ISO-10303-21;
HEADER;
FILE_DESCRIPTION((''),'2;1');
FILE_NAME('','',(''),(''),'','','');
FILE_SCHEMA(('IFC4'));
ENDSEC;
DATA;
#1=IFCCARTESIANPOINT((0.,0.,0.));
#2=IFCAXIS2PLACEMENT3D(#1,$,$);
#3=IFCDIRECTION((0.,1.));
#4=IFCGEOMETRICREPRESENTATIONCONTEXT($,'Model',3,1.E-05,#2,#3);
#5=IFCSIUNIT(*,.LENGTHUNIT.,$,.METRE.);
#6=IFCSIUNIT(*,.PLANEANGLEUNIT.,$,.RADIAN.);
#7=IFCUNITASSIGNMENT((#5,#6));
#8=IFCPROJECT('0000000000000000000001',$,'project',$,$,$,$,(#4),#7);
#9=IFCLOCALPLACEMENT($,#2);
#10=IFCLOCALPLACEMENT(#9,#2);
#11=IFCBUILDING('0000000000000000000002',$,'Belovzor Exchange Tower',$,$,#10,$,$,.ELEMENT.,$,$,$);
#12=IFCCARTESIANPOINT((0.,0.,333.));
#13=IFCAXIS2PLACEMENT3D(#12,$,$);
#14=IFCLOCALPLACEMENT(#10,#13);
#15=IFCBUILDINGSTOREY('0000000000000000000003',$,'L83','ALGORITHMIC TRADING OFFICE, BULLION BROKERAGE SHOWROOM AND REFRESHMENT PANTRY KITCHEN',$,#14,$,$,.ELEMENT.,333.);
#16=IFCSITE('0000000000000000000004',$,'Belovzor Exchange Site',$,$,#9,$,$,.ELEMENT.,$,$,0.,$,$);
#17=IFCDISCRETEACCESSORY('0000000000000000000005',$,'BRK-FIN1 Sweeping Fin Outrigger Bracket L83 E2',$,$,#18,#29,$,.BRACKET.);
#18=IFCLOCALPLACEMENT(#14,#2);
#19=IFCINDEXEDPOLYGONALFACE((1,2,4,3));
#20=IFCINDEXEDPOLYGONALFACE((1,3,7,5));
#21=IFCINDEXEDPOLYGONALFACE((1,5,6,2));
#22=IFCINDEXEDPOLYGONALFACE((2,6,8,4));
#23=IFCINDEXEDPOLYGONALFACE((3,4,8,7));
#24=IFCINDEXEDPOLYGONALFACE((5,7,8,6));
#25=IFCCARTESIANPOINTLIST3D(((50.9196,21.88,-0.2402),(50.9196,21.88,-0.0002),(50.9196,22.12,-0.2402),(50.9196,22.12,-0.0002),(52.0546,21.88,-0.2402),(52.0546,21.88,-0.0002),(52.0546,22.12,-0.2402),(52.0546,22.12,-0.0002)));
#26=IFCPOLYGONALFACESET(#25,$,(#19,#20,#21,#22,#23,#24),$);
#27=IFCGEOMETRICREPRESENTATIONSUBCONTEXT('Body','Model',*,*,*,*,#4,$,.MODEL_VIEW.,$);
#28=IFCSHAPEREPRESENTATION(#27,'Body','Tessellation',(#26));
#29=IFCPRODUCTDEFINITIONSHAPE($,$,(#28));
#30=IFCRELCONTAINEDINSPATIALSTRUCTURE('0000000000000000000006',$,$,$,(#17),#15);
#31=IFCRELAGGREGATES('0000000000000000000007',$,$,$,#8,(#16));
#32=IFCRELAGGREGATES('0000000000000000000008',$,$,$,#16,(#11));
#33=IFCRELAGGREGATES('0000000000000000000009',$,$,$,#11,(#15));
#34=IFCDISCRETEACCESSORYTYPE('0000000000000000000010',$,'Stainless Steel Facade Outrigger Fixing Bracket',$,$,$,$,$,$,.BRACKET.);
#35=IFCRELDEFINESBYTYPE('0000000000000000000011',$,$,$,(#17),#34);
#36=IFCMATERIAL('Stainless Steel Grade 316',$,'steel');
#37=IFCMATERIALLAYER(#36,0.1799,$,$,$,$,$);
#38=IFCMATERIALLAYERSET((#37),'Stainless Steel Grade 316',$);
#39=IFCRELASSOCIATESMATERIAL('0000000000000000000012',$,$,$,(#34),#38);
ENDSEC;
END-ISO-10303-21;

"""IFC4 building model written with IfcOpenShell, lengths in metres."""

from ifc_helpers import new_model, si_unit, direction, frame, origin, origin_2d, place, context, subcontext, project, spatial, rectangle, extrude, material, layer, layer_set, type_object, element, save


model = new_model("IFC4")

# Units and contexts
model_context = context("Model", 3, precision=1e-05, world=origin(), true_north=direction((0.0, 1.0)))
body_context = subcontext(model_context, "Body", "Model", "MODEL_VIEW")
ifc_project = project(units=[si_unit("LENGTHUNIT", "METRE"), si_unit("PLANEANGLEUNIT", "RADIAN")], contexts=[model_context])

# Site, building, storey
site_placement = place(None, origin())
site = spatial("IfcSite", under=ifc_project, at=site_placement, Name="Belovzor Exchange Site", CompositionType="ELEMENT", RefElevation=0.0)
building_placement = place(site_placement, origin())
building = spatial("IfcBuilding", under=site, at=building_placement, Name="Belovzor Exchange Tower", CompositionType="ELEMENT")
storey_placement = place(building_placement, frame((0.0, 0.0, 333.0)))
storey = spatial("IfcBuildingStorey", under=building, at=storey_placement, Name="L83", Description="ALGORITHMIC TRADING OFFICE, BULLION BROKERAGE SHOWROOM AND REFRESHMENT PANTRY KITCHEN", CompositionType="ELEMENT", Elevation=333.0)

# Discrete accessory
ifc_material_1 = material(Name="Stainless Steel Grade 316", Category="steel")
ifc_layer_1 = layer(ifc_material_1, 0.1799)
ifc_layer_set_1 = layer_set([ifc_layer_1], Name="Stainless Steel Grade 316")
discrete_accessory_type = type_object("IfcDiscreteAccessoryType", Name="Stainless Steel Facade Outrigger Fixing Bracket", PredefinedType="BRACKET", material=ifc_layer_set_1)
discrete_accessory_placement = place(storey_placement, frame((51.4871, 22.0, -0.2402), z_axis=(0.0, 0.0, 1.0), x_axis=(1.0, 0.0, 0.0)))
element("IfcDiscreteAccessory", 1, at=discrete_accessory_placement, inside=storey, type_object=discrete_accessory_type, Name="BRK-FIN1 Sweeping Fin Outrigger Bracket L83 E2", PredefinedType="BRACKET", context=body_context, shape_type="SweptSolid", body=[
    extrude(rectangle(XDim=1.135, YDim=0.24, at=origin_2d()), origin(), (0.0, 0.0, 1.0), 0.24),
])

save(model, "model.ifc")
